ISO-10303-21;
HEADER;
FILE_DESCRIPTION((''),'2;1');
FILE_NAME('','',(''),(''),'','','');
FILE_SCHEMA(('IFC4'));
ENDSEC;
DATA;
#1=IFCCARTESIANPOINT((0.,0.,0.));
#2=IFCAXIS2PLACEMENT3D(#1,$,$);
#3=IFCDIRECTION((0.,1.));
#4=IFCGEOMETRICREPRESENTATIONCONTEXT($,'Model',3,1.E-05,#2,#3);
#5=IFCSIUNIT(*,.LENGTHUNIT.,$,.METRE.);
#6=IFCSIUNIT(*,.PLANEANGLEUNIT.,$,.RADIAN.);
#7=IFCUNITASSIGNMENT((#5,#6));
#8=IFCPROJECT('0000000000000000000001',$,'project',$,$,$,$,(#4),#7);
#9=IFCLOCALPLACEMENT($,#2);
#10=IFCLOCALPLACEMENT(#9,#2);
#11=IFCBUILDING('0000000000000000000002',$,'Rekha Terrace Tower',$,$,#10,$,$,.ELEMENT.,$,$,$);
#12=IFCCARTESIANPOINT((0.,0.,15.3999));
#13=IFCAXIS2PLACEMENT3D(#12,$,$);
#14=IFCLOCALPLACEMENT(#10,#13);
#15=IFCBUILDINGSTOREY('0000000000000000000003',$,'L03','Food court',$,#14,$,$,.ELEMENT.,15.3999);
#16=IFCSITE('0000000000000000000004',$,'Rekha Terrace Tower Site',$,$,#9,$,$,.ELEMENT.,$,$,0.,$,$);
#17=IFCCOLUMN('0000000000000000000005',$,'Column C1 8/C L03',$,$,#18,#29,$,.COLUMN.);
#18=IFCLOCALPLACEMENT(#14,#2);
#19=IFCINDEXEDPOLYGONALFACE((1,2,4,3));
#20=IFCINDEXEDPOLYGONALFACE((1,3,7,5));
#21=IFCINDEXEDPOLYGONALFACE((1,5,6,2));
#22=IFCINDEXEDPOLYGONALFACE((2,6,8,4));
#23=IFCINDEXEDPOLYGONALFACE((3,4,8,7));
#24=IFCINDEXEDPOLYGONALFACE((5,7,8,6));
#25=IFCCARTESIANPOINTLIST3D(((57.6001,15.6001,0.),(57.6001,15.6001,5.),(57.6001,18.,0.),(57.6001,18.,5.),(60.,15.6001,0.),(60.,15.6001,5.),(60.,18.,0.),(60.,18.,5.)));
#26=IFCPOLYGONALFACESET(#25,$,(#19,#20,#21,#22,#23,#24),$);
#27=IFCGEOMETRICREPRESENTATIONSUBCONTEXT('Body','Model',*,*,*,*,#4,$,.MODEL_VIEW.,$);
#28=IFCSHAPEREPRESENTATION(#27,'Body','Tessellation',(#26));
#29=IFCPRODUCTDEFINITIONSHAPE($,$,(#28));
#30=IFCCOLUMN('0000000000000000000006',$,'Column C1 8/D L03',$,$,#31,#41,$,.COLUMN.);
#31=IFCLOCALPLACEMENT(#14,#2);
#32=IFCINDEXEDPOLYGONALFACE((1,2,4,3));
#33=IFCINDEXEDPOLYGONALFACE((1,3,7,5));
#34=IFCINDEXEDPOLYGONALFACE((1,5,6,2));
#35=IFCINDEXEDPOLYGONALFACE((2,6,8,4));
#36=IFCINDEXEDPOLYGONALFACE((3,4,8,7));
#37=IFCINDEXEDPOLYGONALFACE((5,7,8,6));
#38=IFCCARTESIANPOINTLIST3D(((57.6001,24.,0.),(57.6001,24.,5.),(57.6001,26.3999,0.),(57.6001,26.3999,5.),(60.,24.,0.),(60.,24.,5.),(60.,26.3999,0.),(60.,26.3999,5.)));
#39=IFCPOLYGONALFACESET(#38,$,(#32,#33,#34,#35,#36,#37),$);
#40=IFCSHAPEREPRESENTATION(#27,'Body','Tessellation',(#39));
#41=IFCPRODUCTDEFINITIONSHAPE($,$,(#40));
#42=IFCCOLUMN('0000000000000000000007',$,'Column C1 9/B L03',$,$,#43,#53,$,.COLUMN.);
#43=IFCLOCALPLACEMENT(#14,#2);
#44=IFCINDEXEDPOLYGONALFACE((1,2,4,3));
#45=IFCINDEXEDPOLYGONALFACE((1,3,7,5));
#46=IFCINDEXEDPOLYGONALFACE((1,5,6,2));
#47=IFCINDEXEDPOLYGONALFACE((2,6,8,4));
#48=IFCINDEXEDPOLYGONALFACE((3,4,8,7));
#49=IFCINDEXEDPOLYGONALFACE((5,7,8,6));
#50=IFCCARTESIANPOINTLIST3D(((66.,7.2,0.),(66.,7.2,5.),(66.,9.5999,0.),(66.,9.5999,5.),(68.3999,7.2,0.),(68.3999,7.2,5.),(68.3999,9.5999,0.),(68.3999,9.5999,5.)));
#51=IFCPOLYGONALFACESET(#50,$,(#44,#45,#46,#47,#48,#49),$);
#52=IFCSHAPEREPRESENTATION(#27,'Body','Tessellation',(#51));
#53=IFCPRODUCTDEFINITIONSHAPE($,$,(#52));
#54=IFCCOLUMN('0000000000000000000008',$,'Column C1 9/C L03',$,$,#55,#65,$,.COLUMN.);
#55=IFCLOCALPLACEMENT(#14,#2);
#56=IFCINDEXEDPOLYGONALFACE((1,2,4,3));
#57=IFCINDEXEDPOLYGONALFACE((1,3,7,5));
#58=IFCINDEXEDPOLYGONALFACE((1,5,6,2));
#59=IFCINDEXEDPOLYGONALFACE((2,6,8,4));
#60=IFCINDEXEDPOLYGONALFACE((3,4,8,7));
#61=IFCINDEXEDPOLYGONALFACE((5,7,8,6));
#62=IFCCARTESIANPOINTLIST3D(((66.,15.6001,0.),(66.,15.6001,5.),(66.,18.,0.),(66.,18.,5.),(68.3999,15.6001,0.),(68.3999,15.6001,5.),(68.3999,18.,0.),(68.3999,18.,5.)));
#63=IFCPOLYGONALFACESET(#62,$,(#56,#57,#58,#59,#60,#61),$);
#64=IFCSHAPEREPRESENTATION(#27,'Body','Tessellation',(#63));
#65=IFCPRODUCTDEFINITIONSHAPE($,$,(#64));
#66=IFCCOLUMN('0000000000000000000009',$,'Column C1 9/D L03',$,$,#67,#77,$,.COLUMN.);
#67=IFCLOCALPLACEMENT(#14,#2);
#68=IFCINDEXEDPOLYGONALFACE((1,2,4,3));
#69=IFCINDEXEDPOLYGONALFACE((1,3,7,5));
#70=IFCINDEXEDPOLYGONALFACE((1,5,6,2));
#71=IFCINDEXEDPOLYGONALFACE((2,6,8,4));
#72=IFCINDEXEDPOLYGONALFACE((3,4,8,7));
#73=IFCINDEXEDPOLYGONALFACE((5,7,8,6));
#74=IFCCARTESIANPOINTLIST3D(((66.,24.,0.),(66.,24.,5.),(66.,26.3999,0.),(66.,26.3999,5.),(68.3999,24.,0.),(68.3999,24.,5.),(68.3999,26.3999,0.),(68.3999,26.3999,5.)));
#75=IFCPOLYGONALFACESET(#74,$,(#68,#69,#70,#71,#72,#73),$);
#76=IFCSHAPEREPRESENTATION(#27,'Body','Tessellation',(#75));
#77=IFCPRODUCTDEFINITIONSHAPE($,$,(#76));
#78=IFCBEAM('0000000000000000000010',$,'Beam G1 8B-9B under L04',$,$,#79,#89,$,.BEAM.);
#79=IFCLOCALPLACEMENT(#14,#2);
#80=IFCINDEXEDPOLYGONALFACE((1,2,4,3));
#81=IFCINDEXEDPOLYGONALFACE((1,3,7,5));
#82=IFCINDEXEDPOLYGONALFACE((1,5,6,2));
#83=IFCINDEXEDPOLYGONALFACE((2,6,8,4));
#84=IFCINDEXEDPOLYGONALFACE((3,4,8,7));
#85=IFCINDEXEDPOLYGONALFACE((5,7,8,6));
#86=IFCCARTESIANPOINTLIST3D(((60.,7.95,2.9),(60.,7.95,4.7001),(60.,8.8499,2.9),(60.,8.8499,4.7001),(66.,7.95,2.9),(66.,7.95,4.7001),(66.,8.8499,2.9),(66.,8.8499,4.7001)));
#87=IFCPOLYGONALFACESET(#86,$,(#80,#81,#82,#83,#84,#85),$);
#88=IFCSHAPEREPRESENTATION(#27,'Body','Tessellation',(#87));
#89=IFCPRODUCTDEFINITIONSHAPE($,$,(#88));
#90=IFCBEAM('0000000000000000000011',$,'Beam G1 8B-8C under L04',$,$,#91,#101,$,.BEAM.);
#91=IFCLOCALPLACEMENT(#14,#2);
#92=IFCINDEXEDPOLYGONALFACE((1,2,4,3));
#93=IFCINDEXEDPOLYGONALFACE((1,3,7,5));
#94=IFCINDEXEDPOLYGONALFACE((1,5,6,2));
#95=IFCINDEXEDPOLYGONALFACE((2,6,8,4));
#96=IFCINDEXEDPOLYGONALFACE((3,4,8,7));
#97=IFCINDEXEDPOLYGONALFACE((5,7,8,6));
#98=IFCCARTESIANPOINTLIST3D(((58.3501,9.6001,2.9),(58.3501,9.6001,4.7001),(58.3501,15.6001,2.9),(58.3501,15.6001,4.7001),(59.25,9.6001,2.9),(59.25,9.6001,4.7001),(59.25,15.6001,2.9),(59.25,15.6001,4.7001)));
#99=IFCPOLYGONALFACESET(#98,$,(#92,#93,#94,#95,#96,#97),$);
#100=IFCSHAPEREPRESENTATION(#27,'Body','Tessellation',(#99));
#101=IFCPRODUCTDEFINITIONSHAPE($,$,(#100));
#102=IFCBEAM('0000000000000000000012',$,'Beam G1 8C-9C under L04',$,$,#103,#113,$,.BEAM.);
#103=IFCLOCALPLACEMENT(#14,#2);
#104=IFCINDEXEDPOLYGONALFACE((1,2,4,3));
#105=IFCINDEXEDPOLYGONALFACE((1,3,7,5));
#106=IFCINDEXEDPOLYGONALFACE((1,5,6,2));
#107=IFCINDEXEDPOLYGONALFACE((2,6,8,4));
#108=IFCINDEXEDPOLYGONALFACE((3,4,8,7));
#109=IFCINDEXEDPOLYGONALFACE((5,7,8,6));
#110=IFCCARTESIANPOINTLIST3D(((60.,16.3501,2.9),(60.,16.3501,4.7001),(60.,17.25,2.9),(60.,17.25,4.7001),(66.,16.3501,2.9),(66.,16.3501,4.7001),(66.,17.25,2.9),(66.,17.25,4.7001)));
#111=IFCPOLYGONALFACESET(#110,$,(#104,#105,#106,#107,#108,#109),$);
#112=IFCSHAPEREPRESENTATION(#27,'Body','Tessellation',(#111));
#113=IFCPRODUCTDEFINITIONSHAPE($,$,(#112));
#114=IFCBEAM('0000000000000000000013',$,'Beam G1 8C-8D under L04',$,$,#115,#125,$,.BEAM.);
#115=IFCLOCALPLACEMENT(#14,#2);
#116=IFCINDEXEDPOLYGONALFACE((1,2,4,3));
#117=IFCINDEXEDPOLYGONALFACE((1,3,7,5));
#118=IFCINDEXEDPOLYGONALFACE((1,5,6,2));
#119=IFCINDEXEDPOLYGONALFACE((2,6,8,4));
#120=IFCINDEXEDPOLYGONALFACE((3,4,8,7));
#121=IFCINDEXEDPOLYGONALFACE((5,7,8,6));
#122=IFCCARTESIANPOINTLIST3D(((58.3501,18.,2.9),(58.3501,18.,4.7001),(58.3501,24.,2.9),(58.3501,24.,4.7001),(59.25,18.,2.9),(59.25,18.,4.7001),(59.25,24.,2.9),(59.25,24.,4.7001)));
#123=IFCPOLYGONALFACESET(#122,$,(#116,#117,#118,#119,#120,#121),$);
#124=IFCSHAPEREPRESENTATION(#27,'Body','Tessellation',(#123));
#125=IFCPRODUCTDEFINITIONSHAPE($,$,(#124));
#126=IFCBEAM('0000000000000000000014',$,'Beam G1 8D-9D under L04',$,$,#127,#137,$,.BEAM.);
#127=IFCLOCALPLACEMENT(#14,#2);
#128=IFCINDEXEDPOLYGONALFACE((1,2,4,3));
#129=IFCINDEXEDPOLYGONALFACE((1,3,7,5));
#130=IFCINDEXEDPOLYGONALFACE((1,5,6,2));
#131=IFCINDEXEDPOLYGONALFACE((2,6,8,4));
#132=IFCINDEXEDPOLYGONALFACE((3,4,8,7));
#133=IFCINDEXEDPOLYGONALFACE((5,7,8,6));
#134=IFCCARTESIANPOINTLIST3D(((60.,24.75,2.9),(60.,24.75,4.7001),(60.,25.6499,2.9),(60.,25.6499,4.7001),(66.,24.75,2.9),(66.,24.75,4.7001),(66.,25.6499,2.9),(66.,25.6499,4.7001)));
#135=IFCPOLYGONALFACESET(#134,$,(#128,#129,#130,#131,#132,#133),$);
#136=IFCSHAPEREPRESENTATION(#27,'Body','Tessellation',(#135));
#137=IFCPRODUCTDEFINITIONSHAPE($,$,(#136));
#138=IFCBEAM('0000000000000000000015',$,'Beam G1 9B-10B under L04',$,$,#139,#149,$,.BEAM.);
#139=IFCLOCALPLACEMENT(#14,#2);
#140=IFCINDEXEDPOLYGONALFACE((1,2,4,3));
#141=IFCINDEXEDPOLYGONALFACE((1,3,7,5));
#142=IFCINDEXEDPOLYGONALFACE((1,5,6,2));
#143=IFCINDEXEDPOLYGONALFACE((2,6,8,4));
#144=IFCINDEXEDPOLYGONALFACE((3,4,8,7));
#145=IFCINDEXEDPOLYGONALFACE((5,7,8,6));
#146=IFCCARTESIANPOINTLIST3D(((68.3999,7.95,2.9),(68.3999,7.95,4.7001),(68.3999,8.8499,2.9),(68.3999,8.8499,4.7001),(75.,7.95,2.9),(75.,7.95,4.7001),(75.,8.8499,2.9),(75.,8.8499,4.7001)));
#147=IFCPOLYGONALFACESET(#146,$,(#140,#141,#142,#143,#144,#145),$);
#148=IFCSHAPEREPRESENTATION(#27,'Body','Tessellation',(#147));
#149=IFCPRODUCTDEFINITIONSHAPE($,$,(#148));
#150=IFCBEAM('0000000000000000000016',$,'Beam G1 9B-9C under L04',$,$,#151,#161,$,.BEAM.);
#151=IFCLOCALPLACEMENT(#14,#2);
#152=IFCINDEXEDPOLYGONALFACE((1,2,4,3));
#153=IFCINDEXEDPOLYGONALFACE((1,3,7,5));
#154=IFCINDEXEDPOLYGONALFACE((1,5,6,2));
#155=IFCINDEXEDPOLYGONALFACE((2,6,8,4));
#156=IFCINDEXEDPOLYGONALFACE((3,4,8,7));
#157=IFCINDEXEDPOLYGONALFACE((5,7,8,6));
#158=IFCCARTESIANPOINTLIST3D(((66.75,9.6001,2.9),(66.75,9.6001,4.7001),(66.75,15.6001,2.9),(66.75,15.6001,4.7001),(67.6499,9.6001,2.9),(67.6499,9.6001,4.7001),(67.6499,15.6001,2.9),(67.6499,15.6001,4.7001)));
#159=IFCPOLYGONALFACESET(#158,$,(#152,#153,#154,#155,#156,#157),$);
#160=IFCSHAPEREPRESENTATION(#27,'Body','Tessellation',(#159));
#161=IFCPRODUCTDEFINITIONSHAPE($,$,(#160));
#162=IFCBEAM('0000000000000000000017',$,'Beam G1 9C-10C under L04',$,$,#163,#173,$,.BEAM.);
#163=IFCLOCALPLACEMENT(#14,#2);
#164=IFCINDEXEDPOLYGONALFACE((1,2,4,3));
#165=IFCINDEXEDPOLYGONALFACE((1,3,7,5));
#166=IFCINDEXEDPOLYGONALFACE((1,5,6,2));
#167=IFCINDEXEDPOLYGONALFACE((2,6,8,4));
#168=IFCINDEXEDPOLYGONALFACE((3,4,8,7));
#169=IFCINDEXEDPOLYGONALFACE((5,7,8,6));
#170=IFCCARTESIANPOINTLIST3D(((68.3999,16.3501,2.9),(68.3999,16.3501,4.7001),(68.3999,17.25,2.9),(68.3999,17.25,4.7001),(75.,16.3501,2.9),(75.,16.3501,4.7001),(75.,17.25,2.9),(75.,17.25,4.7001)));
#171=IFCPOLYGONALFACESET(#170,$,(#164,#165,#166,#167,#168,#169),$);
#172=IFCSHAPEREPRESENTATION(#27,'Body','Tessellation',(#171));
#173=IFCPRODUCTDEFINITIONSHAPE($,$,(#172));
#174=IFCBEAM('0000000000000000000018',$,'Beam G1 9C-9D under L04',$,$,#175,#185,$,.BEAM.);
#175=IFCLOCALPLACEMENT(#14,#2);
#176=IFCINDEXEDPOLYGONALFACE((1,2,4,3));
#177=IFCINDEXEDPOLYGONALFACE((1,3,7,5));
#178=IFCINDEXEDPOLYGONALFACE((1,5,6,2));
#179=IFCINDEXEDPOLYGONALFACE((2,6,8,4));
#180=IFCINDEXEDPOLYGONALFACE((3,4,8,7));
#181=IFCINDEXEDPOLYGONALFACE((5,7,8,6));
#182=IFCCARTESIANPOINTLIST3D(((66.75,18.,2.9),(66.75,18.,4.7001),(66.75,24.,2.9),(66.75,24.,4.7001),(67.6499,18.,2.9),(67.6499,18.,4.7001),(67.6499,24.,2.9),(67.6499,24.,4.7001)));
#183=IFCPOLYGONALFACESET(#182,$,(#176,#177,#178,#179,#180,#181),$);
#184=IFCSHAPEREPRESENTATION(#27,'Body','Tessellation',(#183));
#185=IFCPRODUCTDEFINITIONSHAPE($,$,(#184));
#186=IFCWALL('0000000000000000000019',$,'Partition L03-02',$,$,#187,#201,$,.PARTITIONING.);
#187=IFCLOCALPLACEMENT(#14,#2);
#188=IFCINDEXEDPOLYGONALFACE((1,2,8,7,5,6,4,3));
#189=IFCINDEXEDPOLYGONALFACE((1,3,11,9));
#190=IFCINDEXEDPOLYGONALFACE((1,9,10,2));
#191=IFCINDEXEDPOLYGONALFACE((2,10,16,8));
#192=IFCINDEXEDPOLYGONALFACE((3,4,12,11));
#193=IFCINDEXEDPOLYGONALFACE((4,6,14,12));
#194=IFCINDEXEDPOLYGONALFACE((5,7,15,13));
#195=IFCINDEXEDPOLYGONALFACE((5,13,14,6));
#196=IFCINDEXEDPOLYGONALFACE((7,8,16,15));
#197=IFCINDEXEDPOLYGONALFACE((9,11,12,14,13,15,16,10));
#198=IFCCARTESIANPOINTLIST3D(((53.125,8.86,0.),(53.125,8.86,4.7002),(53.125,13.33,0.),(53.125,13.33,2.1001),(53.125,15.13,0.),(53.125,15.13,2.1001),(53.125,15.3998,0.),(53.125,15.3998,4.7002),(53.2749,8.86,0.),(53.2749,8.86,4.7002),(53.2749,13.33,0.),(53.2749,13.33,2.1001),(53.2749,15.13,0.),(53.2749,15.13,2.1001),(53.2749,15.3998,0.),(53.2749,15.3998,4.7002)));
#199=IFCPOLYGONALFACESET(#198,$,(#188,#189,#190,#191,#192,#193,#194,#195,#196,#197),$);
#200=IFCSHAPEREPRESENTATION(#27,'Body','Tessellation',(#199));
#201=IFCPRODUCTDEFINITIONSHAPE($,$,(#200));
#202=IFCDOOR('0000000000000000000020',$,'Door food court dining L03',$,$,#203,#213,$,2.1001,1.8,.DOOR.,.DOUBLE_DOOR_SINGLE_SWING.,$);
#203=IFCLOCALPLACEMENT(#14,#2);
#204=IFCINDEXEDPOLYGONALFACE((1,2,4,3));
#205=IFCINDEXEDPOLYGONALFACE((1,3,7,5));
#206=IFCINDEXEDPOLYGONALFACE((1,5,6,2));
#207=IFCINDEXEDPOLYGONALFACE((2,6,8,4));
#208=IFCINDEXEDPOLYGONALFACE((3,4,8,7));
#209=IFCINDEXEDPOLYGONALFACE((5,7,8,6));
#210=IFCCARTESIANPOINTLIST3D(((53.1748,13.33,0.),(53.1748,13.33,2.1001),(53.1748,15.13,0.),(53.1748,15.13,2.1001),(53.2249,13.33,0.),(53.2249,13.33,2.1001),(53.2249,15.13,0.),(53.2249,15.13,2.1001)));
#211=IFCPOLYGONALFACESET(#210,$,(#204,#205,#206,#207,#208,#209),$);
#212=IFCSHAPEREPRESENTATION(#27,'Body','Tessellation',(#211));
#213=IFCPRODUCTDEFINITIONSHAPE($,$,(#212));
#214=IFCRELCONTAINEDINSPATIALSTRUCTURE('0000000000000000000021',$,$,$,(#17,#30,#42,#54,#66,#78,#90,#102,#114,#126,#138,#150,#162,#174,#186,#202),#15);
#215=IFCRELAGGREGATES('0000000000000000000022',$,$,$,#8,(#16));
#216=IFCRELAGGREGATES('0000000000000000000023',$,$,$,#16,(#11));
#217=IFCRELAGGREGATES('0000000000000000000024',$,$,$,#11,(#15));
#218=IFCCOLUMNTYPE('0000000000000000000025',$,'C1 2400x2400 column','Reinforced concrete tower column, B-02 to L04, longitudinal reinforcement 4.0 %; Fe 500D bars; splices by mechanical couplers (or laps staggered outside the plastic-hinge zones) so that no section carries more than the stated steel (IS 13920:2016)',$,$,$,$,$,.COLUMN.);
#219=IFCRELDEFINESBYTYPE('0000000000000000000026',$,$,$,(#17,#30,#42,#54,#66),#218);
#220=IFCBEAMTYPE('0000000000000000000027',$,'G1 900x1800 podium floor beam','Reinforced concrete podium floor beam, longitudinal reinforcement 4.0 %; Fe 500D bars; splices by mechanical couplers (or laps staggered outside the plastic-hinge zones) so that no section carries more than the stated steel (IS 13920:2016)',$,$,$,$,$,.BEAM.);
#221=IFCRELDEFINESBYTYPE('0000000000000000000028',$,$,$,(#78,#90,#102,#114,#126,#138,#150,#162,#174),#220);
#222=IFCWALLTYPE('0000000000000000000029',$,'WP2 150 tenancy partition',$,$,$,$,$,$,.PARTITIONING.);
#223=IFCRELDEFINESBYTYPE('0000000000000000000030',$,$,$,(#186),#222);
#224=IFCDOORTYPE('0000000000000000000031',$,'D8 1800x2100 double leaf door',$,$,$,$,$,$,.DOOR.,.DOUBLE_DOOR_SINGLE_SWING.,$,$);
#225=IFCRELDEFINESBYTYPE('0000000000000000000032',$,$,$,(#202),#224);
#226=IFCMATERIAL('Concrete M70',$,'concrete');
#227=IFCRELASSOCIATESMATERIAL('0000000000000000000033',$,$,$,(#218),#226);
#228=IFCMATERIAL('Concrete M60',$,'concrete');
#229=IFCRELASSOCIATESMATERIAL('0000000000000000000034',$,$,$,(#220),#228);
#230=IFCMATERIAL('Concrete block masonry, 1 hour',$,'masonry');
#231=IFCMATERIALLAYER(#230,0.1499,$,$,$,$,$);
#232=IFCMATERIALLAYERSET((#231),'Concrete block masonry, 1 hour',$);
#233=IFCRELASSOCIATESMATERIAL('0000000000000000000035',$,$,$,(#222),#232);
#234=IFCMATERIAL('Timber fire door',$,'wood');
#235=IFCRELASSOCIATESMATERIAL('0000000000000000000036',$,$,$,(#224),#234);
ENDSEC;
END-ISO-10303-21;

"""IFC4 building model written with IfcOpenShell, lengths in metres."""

from ifc_helpers import new_model, si_unit, direction, frame, frame_2d, origin, origin_2d, place, context, subcontext, project, spatial, rectangle, extrude, material, layer, layer_set, material_profile, profile_set, type_object, element, fill, save


model = new_model("IFC4")

# Units and contexts
model_context = context("Model", 3, precision=1e-05, world=origin(), true_north=direction((0.0, 1.0)))
body_context = subcontext(model_context, "Body", "Model", "MODEL_VIEW")
ifc_project = project(units=[si_unit("LENGTHUNIT", "METRE"), si_unit("PLANEANGLEUNIT", "RADIAN")], contexts=[model_context])

# Site, building, storey
site_placement = place(None, origin())
site = spatial("IfcSite", under=ifc_project, at=site_placement, Name="Rekha Terrace Tower Site", CompositionType="ELEMENT", RefElevation=0.0)
building_placement = place(site_placement, origin())
building = spatial("IfcBuilding", under=site, at=building_placement, Name="Rekha Terrace Tower", CompositionType="ELEMENT")
storey_placement = place(building_placement, frame((0.0, 0.0, 15.3999)))
storey = spatial("IfcBuildingStorey", under=building, at=storey_placement, Name="L03", Description="Food court", CompositionType="ELEMENT", Elevation=15.3999)

# Columns
ifc_material_1 = material(Name="Concrete M70", Category="concrete")
ifc_material_profile_1 = material_profile(ifc_material_1, rectangle(XDim=2.3999, YDim=2.3999, at=origin_2d()), Name="RC 2400x2400")
ifc_profile_set_1 = profile_set([ifc_material_profile_1], Name="Concrete M70")
column_type = type_object("IfcColumnType", Name="C1 2400x2400 column", Description="Reinforced concrete tower column, B-02 to L04, longitudinal reinforcement 4.0 %; Fe 500D bars; splices by mechanical couplers (or laps staggered outside the plastic-hinge zones) so that no section carries more than the stated steel (IS 13920:2016)", PredefinedType="COLUMN", material=ifc_profile_set_1)
for number, where, z_axis, x_axis, name in (
    (1, (58.8, 16.8, 0.0), (0.0, 0.0, 1.0), (1.0, 0.0, 0.0), "Column C1 8/C L03"),
    (2, (58.8, 25.2, 0.0), (0.0, 0.0, 1.0), (1.0, 0.0, 0.0), "Column C1 8/D L03"),
    (3, (67.2, 8.3999, 0.0), (0.0, 0.0, 1.0), (1.0, 0.0, 0.0), "Column C1 9/B L03"),
    (4, (67.2, 16.8, 0.0), (0.0, 0.0, 1.0), (1.0, 0.0, 0.0), "Column C1 9/C L03"),
    (5, (67.2, 25.2, 0.0), (0.0, 0.0, 1.0), (1.0, 0.0, 0.0), "Column C1 9/D L03"),
):
    element("IfcColumn", number, at=place(storey_placement, frame(where, z_axis=z_axis, x_axis=x_axis)), inside=storey, type_object=column_type, Name=name, PredefinedType="COLUMN", context=body_context, shape_type="SweptSolid", body=[
        extrude(rectangle(XDim=2.3999, YDim=2.3999, at=origin_2d()), origin(), (0.0, 0.0, 1.0), 5.0),
    ])

# Beams
ifc_material_2 = material(Name="Concrete M60", Category="concrete")
ifc_material_profile_2 = material_profile(ifc_material_2, rectangle(XDim=0.8999, YDim=1.8, at=origin_2d()), Name="RC 900x1800")
ifc_profile_set_2 = profile_set([ifc_material_profile_2], Name="Concrete M60")
beam_type = type_object("IfcBeamType", Name="G1 900x1800 podium floor beam", Description="Reinforced concrete podium floor beam, longitudinal reinforcement 4.0 %; Fe 500D bars; splices by mechanical couplers (or laps staggered outside the plastic-hinge zones) so that no section carries more than the stated steel (IS 13920:2016)", PredefinedType="BEAM", material=ifc_profile_set_2)
for number, where, z_axis, x_axis, name in (
    (6, (60.0, 8.3999, 3.8), (1.0, 0.0, 0.0), (0.0, 1.0, 0.0), "Beam G1 8B-9B under L04"),
    (7, (58.8, 9.6001, 3.8), (0.0, 1.0, 0.0), (-1.0, 0.0, 0.0), "Beam G1 8B-8C under L04"),
    (8, (60.0, 16.8, 3.8), (1.0, 0.0, 0.0), (0.0, 1.0, 0.0), "Beam G1 8C-9C under L04"),
    (9, (58.8, 18.0, 3.8), (0.0, 1.0, 0.0), (-1.0, 0.0, 0.0), "Beam G1 8C-8D under L04"),
    (10, (60.0, 25.2, 3.8), (1.0, 0.0, 0.0), (0.0, 1.0, 0.0), "Beam G1 8D-9D under L04"),
):
    element("IfcBeam", number, at=place(storey_placement, frame(where, z_axis=z_axis, x_axis=x_axis)), inside=storey, type_object=beam_type, Name=name, PredefinedType="BEAM", context=body_context, shape_type="SweptSolid", body=[
        extrude(rectangle(XDim=0.8999, YDim=1.8, at=origin_2d()), origin(), (0.0, 0.0, 1.0), 6.0),
    ])
beam_1_placement = place(storey_placement, frame((68.3999, 8.3999, 3.8), z_axis=(1.0, 0.0, 0.0), x_axis=(0.0, 1.0, 0.0)))
element("IfcBeam", 11, at=beam_1_placement, inside=storey, type_object=beam_type, Name="Beam G1 9B-10B under L04", PredefinedType="BEAM", context=body_context, shape_type="SweptSolid", body=[
    extrude(rectangle(XDim=0.8999, YDim=1.8, at=origin_2d()), origin(), (0.0, 0.0, 1.0), 6.6001),
])
beam_2_placement = place(storey_placement, frame((67.2, 9.6001, 3.8), z_axis=(0.0, 1.0, 0.0), x_axis=(-1.0, 0.0, 0.0)))
element("IfcBeam", 12, at=beam_2_placement, inside=storey, type_object=beam_type, Name="Beam G1 9B-9C under L04", PredefinedType="BEAM", context=body_context, shape_type="SweptSolid", body=[
    extrude(rectangle(XDim=0.8999, YDim=1.8, at=origin_2d()), origin(), (0.0, 0.0, 1.0), 6.0),
])
beam_3_placement = place(storey_placement, frame((68.3999, 16.8, 3.8), z_axis=(1.0, 0.0, 0.0), x_axis=(0.0, 1.0, 0.0)))
element("IfcBeam", 13, at=beam_3_placement, inside=storey, type_object=beam_type, Name="Beam G1 9C-10C under L04", PredefinedType="BEAM", context=body_context, shape_type="SweptSolid", body=[
    extrude(rectangle(XDim=0.8999, YDim=1.8, at=origin_2d()), origin(), (0.0, 0.0, 1.0), 6.6001),
])
beam_4_placement = place(storey_placement, frame((67.2, 18.0, 3.8), z_axis=(0.0, 1.0, 0.0), x_axis=(-1.0, 0.0, 0.0)))
element("IfcBeam", 14, at=beam_4_placement, inside=storey, type_object=beam_type, Name="Beam G1 9C-9D under L04", PredefinedType="BEAM", context=body_context, shape_type="SweptSolid", body=[
    extrude(rectangle(XDim=0.8999, YDim=1.8, at=origin_2d()), origin(), (0.0, 0.0, 1.0), 6.0),
])

# Wall, opening, door
ifc_material_3 = material(Name="Concrete block masonry, 1 hour", Category="masonry")
ifc_layer = layer(ifc_material_3, 0.1499)
ifc_layer_set = layer_set([ifc_layer], Name="Concrete block masonry, 1 hour")
wall_type = type_object("IfcWallType", Name="WP2 150 tenancy partition", PredefinedType="PARTITIONING", material=ifc_layer_set)
wall_1_placement = place(storey_placement, frame((53.2, 15.3999, 0.0), z_axis=(0.0, 0.0, 1.0), x_axis=(0.0, -1.0, 0.0)))
wall_1 = element("IfcWall", 15, at=wall_1_placement, inside=storey, type_object=wall_type, Name="Partition L03-02", PredefinedType="PARTITIONING", context=body_context, shape_type="SweptSolid", body=[
    extrude(rectangle(XDim=6.5398, YDim=0.1499, at=frame_2d((3.27, 0.0))), origin(), (0.0, 0.0, 1.0), 4.7002),
])
opening_1_placement = place(wall_1_placement, frame((0.27, 0.0, 0.0)))
opening_1 = element("IfcOpeningElement", 16, at=opening_1_placement, cuts=wall_1, PredefinedType="OPENING", context=body_context, shape_type="SweptSolid", body=[
    extrude(rectangle(XDim=1.8, YDim=2.1001, at=frame_2d((0.8999, 1.05))), frame((0.0, 0.085, 0.0), z_axis=(0.0, -1.0, 0.0), x_axis=(1.0, 0.0, 0.0)), (0.0, 0.0, 1.0), 0.1699),
])
ifc_material_4 = material(Name="Timber fire door", Category="wood")
door_type_1 = type_object("IfcDoorType", Name="D8 1800x2100 double leaf door", OperationType="DOUBLE_DOOR_SINGLE_SWING", PredefinedType="DOOR", material=ifc_material_4)
door_1_placement = place(opening_1_placement, origin())
door_1 = element("IfcDoor", 17, at=door_1_placement, inside=storey, type_object=door_type_1, Name="Door food court dining L03", OperationType="DOUBLE_DOOR_SINGLE_SWING", OverallHeight=2.1001, OverallWidth=1.8, PredefinedType="DOOR", context=body_context, shape_type="SweptSolid", body=[
    extrude(rectangle(XDim=1.8, YDim=2.1001, at=frame_2d((0.8999, 1.05))), frame((0.0, 0.0249, 0.0), z_axis=(0.0, -1.0, 0.0), x_axis=(1.0, 0.0, 0.0)), (0.0, 0.0, 1.0), 0.05),
])
fill(opening_1, door_1)

save(model, "model.ifc")
